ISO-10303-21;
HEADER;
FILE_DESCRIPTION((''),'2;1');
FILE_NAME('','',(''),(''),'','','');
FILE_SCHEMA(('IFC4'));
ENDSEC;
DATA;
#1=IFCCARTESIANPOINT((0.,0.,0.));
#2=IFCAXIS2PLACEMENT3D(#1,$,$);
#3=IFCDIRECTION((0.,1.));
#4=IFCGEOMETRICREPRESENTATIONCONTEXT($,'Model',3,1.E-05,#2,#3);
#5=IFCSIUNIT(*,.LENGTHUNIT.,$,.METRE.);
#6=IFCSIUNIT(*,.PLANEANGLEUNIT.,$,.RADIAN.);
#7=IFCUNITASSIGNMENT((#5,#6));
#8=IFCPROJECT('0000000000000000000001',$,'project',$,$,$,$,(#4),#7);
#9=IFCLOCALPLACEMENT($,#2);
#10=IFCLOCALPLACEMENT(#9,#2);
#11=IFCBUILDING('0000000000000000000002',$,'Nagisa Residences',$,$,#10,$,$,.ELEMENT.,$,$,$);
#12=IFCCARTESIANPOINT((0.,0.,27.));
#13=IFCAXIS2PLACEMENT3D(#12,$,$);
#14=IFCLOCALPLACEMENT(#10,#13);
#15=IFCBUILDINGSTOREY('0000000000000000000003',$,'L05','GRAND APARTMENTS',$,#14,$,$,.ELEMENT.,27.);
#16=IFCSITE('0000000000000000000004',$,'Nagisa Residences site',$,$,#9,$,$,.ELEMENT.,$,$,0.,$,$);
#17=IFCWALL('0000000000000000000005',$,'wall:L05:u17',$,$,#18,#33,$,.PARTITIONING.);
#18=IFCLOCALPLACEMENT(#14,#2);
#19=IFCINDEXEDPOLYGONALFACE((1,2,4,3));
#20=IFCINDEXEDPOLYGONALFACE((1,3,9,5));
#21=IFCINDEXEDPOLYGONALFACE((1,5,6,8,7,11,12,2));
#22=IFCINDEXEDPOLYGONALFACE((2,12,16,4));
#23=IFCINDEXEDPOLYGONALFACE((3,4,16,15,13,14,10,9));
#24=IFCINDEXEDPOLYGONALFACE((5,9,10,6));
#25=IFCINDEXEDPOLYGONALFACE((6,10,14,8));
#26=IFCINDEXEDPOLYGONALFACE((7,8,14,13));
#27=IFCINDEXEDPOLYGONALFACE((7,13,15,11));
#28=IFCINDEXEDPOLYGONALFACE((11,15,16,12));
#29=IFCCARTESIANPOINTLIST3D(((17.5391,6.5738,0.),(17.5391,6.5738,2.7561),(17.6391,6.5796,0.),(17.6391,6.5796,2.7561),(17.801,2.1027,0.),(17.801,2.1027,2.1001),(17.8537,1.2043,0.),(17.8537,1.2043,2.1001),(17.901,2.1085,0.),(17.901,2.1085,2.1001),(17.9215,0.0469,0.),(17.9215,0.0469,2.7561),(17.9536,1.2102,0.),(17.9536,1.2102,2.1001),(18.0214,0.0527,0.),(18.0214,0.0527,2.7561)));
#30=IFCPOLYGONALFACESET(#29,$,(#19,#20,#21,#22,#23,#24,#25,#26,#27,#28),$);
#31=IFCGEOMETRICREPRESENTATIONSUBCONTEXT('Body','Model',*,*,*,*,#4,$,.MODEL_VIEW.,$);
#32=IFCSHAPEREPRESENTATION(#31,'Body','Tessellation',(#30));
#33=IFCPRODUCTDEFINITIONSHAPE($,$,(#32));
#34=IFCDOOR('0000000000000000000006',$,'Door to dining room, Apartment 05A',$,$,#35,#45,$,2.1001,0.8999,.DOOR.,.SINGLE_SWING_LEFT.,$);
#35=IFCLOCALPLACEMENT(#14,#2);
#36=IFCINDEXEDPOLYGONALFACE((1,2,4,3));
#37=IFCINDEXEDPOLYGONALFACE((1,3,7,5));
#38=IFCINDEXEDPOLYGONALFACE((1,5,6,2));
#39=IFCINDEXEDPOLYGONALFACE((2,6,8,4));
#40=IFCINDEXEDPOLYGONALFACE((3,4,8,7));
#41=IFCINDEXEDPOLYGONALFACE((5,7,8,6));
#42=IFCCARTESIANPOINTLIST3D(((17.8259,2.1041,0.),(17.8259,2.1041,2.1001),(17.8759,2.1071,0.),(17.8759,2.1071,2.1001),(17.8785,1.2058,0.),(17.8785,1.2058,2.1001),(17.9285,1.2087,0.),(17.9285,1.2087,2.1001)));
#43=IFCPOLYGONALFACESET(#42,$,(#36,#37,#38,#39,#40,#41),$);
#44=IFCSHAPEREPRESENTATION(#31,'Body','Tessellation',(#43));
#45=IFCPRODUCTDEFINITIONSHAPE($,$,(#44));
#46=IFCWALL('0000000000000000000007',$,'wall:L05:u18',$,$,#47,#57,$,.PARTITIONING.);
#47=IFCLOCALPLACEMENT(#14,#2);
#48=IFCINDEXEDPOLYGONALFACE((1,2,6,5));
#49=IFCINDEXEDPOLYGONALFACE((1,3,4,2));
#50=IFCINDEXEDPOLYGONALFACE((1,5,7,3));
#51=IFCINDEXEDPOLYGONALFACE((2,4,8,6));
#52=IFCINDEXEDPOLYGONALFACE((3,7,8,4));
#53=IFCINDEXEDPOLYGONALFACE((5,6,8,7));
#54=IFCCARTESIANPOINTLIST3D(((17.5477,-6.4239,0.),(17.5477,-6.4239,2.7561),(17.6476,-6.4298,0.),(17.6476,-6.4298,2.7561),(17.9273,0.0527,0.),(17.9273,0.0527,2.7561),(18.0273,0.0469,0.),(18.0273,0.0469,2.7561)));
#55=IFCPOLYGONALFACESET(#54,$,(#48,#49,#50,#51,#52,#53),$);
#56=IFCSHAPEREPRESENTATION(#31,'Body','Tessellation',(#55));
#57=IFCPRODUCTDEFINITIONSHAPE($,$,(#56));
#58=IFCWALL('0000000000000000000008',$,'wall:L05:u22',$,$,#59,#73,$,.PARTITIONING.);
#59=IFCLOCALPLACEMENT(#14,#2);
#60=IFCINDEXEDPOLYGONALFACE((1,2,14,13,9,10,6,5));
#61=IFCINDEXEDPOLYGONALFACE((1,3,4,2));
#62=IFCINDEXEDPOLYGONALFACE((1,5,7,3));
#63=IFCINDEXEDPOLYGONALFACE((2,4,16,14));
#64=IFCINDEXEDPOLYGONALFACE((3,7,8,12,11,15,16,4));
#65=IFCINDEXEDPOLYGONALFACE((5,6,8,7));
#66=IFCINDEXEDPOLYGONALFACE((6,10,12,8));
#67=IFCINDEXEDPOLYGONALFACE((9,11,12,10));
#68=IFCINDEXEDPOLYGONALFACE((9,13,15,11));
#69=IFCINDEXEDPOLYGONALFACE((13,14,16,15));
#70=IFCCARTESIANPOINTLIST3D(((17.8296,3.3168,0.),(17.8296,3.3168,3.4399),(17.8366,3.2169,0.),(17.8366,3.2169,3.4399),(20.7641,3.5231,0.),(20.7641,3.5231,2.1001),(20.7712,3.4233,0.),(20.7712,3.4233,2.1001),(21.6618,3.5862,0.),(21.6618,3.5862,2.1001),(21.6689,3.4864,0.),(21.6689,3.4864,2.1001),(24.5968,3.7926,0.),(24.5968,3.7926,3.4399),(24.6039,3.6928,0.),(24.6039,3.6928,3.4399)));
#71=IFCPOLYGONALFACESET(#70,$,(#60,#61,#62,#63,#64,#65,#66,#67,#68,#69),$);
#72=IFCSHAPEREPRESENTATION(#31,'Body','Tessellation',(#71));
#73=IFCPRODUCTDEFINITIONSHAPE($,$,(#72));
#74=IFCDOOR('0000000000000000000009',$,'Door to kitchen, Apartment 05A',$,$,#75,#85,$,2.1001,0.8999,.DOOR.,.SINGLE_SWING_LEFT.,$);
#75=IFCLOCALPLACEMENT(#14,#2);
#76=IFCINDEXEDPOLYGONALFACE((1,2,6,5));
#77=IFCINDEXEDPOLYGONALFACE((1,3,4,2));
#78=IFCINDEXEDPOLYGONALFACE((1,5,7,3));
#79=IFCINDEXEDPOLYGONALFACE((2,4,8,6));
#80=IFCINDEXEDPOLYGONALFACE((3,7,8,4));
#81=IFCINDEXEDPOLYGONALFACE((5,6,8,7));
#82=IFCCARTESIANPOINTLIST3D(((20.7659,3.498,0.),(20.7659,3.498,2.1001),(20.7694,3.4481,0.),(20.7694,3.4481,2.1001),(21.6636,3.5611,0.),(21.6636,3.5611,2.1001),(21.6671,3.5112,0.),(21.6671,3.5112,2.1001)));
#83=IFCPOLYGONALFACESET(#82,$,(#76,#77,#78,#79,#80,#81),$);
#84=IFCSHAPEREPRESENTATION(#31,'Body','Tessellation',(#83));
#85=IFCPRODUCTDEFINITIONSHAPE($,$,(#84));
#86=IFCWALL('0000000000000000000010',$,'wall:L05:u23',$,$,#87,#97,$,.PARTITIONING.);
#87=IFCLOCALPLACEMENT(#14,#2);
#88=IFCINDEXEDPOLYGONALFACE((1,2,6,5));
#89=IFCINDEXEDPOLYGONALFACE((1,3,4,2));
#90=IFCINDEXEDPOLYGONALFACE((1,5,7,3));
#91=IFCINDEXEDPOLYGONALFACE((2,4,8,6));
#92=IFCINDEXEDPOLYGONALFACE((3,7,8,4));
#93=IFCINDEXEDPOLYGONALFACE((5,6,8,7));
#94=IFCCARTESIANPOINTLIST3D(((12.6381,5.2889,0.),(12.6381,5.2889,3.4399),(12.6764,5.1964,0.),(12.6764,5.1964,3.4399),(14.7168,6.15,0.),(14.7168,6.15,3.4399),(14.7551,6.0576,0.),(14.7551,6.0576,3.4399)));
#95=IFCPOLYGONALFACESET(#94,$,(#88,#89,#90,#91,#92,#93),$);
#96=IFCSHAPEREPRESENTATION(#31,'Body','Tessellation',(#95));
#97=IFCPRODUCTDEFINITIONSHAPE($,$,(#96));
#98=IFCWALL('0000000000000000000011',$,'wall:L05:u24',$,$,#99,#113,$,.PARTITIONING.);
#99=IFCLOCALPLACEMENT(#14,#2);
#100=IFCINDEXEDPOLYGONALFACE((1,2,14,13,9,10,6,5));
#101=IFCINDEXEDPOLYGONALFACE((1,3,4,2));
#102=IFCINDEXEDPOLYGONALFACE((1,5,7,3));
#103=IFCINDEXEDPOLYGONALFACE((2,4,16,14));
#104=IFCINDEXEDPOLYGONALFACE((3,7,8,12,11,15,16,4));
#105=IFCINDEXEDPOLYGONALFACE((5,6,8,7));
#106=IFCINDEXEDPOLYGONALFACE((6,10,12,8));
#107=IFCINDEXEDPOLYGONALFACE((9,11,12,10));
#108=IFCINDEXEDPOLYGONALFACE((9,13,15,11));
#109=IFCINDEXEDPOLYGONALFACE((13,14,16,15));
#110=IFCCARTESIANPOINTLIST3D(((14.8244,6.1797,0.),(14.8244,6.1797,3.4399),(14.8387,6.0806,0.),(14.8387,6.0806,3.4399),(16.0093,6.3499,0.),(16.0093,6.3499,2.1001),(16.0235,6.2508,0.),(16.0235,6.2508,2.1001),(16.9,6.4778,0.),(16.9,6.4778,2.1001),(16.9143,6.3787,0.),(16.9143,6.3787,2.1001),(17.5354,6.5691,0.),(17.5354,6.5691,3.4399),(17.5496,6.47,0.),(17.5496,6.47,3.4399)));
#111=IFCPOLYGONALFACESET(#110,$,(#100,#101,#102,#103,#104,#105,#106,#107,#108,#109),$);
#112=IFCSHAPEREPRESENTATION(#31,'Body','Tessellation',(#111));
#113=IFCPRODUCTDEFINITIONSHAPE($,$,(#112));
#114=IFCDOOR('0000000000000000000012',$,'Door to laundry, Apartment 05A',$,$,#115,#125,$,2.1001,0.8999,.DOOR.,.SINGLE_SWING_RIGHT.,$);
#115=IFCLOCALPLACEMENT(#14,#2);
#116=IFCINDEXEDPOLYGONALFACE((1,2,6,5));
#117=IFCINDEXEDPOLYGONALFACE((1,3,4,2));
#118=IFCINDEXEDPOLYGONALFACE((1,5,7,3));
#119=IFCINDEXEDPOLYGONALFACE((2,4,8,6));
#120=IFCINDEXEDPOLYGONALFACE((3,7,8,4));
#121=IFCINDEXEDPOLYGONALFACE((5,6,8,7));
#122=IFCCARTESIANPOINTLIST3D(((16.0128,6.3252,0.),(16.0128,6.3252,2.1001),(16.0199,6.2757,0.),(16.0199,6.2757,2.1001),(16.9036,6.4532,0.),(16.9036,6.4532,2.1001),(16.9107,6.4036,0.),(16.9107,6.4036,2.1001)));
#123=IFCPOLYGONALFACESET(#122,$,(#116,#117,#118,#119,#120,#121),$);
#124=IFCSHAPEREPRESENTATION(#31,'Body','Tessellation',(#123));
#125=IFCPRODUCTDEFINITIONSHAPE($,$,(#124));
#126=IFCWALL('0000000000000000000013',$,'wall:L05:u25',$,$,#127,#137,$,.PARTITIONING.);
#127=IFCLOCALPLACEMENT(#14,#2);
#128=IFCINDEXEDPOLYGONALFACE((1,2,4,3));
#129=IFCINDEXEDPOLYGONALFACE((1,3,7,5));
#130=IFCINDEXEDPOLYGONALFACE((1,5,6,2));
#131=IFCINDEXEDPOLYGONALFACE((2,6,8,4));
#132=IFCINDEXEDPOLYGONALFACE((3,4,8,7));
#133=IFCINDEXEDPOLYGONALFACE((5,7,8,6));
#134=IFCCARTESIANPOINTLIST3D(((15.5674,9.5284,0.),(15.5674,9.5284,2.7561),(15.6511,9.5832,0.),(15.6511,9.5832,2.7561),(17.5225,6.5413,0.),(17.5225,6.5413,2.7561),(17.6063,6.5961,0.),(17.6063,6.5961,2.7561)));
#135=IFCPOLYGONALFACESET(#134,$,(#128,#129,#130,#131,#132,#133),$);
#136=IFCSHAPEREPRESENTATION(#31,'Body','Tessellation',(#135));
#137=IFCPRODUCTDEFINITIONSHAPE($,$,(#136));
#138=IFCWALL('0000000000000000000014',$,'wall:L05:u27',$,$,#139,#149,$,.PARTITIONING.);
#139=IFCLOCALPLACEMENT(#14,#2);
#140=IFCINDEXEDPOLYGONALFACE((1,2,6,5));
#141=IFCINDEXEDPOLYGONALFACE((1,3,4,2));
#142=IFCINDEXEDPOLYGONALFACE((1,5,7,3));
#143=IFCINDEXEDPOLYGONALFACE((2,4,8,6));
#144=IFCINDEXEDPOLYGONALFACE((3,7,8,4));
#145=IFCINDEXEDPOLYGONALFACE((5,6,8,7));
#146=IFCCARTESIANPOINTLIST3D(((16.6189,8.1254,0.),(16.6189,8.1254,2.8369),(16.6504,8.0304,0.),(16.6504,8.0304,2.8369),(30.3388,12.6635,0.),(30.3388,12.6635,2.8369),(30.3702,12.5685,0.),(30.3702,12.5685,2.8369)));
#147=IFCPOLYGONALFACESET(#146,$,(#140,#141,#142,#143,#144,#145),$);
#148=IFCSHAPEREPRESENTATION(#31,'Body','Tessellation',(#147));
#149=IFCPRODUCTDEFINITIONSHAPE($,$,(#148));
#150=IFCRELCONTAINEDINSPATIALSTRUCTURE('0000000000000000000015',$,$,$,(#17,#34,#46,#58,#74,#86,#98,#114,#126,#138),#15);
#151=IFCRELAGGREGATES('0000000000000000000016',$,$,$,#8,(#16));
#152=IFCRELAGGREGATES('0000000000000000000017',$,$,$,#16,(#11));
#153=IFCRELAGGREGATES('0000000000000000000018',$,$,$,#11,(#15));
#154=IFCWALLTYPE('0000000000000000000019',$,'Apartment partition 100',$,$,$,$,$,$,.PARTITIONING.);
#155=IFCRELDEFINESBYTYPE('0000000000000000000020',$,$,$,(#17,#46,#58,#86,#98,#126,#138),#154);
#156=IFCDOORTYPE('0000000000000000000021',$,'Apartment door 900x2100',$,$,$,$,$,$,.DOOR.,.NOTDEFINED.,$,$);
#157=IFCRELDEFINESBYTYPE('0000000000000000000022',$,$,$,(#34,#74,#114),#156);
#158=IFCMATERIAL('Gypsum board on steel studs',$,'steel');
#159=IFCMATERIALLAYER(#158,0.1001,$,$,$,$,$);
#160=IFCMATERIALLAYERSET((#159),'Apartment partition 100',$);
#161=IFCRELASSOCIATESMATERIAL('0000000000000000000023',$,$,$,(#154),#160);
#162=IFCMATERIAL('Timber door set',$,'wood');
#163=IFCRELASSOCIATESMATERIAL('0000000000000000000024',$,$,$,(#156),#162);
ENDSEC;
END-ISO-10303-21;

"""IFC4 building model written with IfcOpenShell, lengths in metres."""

from ifc_helpers import new_model, si_unit, direction, frame, frame_2d, origin, place, context, subcontext, project, spatial, rectangle, extrude, material, layer, layer_set, type_object, element, fill, save


model = new_model("IFC4")

# Units and contexts
model_context = context("Model", 3, precision=1e-05, world=origin(), true_north=direction((0.0, 1.0)))
body_context = subcontext(model_context, "Body", "Model", "MODEL_VIEW")
ifc_project = project(units=[si_unit("LENGTHUNIT", "METRE"), si_unit("PLANEANGLEUNIT", "RADIAN")], contexts=[model_context])

# Site, building, storey
site_placement = place(None, origin())
site = spatial("IfcSite", under=ifc_project, at=site_placement, Name="Nagisa Residences site", CompositionType="ELEMENT", RefElevation=0.0)
building_placement = place(site_placement, origin())
building = spatial("IfcBuilding", under=site, at=building_placement, Name="Nagisa Residences", CompositionType="ELEMENT")
storey_placement = place(building_placement, frame((0.0, 0.0, 27.0)))
storey = spatial("IfcBuildingStorey", under=building, at=storey_placement, Name="L05", Description="GRAND APARTMENTS", CompositionType="ELEMENT", Elevation=27.0)

# Wall, opening, door
ifc_material_1 = material(Name="Gypsum board on steel studs", Category="steel")
ifc_layer_1 = layer(ifc_material_1, 0.1001)
ifc_layer_set_1 = layer_set([ifc_layer_1], Name="Apartment partition 100")
wall_type_1 = type_object("IfcWallType", Name="Apartment partition 100", PredefinedType="PARTITIONING", material=ifc_layer_set_1)
ifc_material_2 = material(Name="Timber door set", Category="wood")
door_type_1 = type_object("IfcDoorType", Name="Apartment door 900x2100", OperationType="NOTDEFINED", PredefinedType="DOOR", material=ifc_material_2)
wall_1_placement = place(storey_placement, frame((17.9714, 0.0498, 0.0), z_axis=(0.0, 0.0, 1.0), x_axis=(-0.058477, 0.998289, 0.0)))
wall_1 = element("IfcWall", 1, at=wall_1_placement, inside=storey, type_object=wall_type_1, Name="wall:L05:u17", PredefinedType="PARTITIONING", context=body_context, shape_type="SweptSolid", body=[
    extrude(rectangle(XDim=6.5381, YDim=0.1001, at=frame_2d((3.269, 0.0))), origin(), (0.0, 0.0, 1.0), 2.7561),
])
opening_1_placement = place(wall_1_placement, frame((1.1594, 0.0, 0.0)))
opening_1 = element("IfcOpeningElement", 2, at=opening_1_placement, cuts=wall_1, PredefinedType="OPENING", context=body_context, shape_type="SweptSolid", body=[
    extrude(rectangle(XDim=0.8999, YDim=2.1001, at=frame_2d((0.45, 1.05))), frame((0.0, 0.0601, 0.0), z_axis=(0.0, -1.0, 0.0), x_axis=(1.0, 0.0, 0.0)), (0.0, 0.0, 1.0), 0.1201),
])
door_1_placement = place(opening_1_placement, frame((0.8999, 0.0, 0.0), x_axis=(-1.0, 0.0, 0.0)))
door_1 = element("IfcDoor", 3, at=door_1_placement, inside=storey, type_object=door_type_1, Name="Door to dining room, Apartment 05A", OperationType="SINGLE_SWING_LEFT", OverallHeight=2.1001, OverallWidth=0.8999, PredefinedType="DOOR", context=body_context, shape_type="SweptSolid", body=[
    extrude(rectangle(XDim=0.8999, YDim=2.1001, at=frame_2d((0.45, 1.05))), frame((0.0, 0.0249, 0.0), z_axis=(0.0, -1.0, 0.0), x_axis=(1.0, 0.0, 0.0)), (0.0, 0.0, 1.0), 0.05),
])
fill(opening_1, door_1)

# Wall
wall_2_placement = place(storey_placement, frame((17.9773, 0.0498, 0.0), z_axis=(0.0, 0.0, 1.0), x_axis=(-0.058517, -0.998286, 0.0)))
element("IfcWall", 4, at=wall_2_placement, inside=storey, type_object=wall_type_1, Name="wall:L05:u18", PredefinedType="PARTITIONING", context=body_context, shape_type="SweptSolid", body=[
    extrude(rectangle(XDim=6.4878, YDim=0.1001, at=frame_2d((3.2439, 0.0))), origin(), (0.0, 0.0, 1.0), 2.7561),
])

# Wall, opening, door
wall_3_placement = place(storey_placement, frame((17.833, 3.2668, 0.0), z_axis=(0.0, 0.0, 1.0), x_axis=(0.997537, 0.07014, 0.0)))
wall_3 = element("IfcWall", 5, at=wall_3_placement, inside=storey, type_object=wall_type_1, Name="wall:L05:u22", PredefinedType="PARTITIONING", context=body_context, shape_type="SweptSolid", body=[
    extrude(rectangle(XDim=6.7839, YDim=0.1001, at=frame_2d((3.3921, 0.0))), origin(), (0.0, 0.0, 1.0), 3.4399),
])
opening_2_placement = place(wall_3_placement, frame((2.9419, 0.0, 0.0)))
opening_2 = element("IfcOpeningElement", 6, at=opening_2_placement, cuts=wall_3, PredefinedType="OPENING", context=body_context, shape_type="SweptSolid", body=[
    extrude(rectangle(XDim=0.8999, YDim=2.1001, at=frame_2d((0.45, 1.05))), frame((0.0, 0.0601, 0.0), z_axis=(0.0, -1.0, 0.0), x_axis=(1.0, 0.0, 0.0)), (0.0, 0.0, 1.0), 0.1201),
])
door_2_placement = place(opening_2_placement, origin())
door_2 = element("IfcDoor", 7, at=door_2_placement, inside=storey, type_object=door_type_1, Name="Door to kitchen, Apartment 05A", OperationType="SINGLE_SWING_LEFT", OverallHeight=2.1001, OverallWidth=0.8999, PredefinedType="DOOR", context=body_context, shape_type="SweptSolid", body=[
    extrude(rectangle(XDim=0.8999, YDim=2.1001, at=frame_2d((0.45, 1.05))), frame((0.0, 0.0249, 0.0), z_axis=(0.0, -1.0, 0.0), x_axis=(1.0, 0.0, 0.0)), (0.0, 0.0, 1.0), 0.05),
])
fill(opening_2, door_2)

# Wall
wall_4_placement = place(storey_placement, frame((12.6572, 5.2427, 0.0), z_axis=(0.0, 0.0, 1.0), x_axis=(0.923865, 0.382719, 0.0)))
element("IfcWall", 8, at=wall_4_placement, inside=storey, type_object=wall_type_1, Name="wall:L05:u23", PredefinedType="PARTITIONING", context=body_context, shape_type="SweptSolid", body=[
    extrude(rectangle(XDim=2.25, YDim=0.1001, at=frame_2d((1.125, 0.0))), origin(), (0.0, 0.0, 1.0), 3.4399),
])

# Wall, opening, door
wall_5_placement = place(storey_placement, frame((14.8315, 6.1301, 0.0), z_axis=(0.0, 0.0, 1.0), x_axis=(0.98984, 0.142183, 0.0)))
wall_5 = element("IfcWall", 9, at=wall_5_placement, inside=storey, type_object=wall_type_1, Name="wall:L05:u24", PredefinedType="PARTITIONING", context=body_context, shape_type="SweptSolid", body=[
    extrude(rectangle(XDim=2.7388, YDim=0.1001, at=frame_2d((1.3694, 0.0))), origin(), (0.0, 0.0, 1.0), 3.4399),
])
opening_3_placement = place(wall_5_placement, frame((1.197, 0.0, 0.0)))
opening_3 = element("IfcOpeningElement", 10, at=opening_3_placement, cuts=wall_5, PredefinedType="OPENING", context=body_context, shape_type="SweptSolid", body=[
    extrude(rectangle(XDim=0.8999, YDim=2.1001, at=frame_2d((0.45, 1.05))), frame((0.0, 0.0601, 0.0), z_axis=(0.0, -1.0, 0.0), x_axis=(1.0, 0.0, 0.0)), (0.0, 0.0, 1.0), 0.1201),
])
door_3_placement = place(opening_3_placement, frame((0.8999, 0.0, 0.0), x_axis=(-1.0, 0.0, 0.0)))
door_3 = element("IfcDoor", 11, at=door_3_placement, inside=storey, type_object=door_type_1, Name="Door to laundry, Apartment 05A", OperationType="SINGLE_SWING_RIGHT", OverallHeight=2.1001, OverallWidth=0.8999, PredefinedType="DOOR", context=body_context, shape_type="SweptSolid", body=[
    extrude(rectangle(XDim=0.8999, YDim=2.1001, at=frame_2d((0.45, 1.05))), frame((0.0, 0.0249, 0.0), z_axis=(0.0, -1.0, 0.0), x_axis=(1.0, 0.0, 0.0)), (0.0, 0.0, 1.0), 0.05),
])
fill(opening_3, door_3)

# Walls
wall_6_placement = place(storey_placement, frame((17.5645, 6.5686, 0.0), z_axis=(0.0, 0.0, 1.0), x_axis=(-0.547642, 0.836713, 0.0)))
element("IfcWall", 12, at=wall_6_placement, inside=storey, type_object=wall_type_1, Name="wall:L05:u25", PredefinedType="PARTITIONING", context=body_context, shape_type="SweptSolid", body=[
    extrude(rectangle(XDim=3.5701, YDim=0.1001, at=frame_2d((1.7852, 0.0))), origin(), (0.0, 0.0, 1.0), 2.7561),
])
wall_7_placement = place(storey_placement, frame((16.6345, 8.0779, 0.0), z_axis=(0.0, 0.0, 1.0), x_axis=(0.949412, 0.314032, 0.0)))
element("IfcWall", 13, at=wall_7_placement, inside=storey, type_object=wall_type_1, Name="wall:L05:u27", PredefinedType="PARTITIONING", context=body_context, shape_type="SweptSolid", body=[
    extrude(rectangle(XDim=14.4509, YDim=0.1001, at=frame_2d((7.2256, 0.0))), origin(), (0.0, 0.0, 1.0), 2.8369),
])

save(model, "model.ifc")
